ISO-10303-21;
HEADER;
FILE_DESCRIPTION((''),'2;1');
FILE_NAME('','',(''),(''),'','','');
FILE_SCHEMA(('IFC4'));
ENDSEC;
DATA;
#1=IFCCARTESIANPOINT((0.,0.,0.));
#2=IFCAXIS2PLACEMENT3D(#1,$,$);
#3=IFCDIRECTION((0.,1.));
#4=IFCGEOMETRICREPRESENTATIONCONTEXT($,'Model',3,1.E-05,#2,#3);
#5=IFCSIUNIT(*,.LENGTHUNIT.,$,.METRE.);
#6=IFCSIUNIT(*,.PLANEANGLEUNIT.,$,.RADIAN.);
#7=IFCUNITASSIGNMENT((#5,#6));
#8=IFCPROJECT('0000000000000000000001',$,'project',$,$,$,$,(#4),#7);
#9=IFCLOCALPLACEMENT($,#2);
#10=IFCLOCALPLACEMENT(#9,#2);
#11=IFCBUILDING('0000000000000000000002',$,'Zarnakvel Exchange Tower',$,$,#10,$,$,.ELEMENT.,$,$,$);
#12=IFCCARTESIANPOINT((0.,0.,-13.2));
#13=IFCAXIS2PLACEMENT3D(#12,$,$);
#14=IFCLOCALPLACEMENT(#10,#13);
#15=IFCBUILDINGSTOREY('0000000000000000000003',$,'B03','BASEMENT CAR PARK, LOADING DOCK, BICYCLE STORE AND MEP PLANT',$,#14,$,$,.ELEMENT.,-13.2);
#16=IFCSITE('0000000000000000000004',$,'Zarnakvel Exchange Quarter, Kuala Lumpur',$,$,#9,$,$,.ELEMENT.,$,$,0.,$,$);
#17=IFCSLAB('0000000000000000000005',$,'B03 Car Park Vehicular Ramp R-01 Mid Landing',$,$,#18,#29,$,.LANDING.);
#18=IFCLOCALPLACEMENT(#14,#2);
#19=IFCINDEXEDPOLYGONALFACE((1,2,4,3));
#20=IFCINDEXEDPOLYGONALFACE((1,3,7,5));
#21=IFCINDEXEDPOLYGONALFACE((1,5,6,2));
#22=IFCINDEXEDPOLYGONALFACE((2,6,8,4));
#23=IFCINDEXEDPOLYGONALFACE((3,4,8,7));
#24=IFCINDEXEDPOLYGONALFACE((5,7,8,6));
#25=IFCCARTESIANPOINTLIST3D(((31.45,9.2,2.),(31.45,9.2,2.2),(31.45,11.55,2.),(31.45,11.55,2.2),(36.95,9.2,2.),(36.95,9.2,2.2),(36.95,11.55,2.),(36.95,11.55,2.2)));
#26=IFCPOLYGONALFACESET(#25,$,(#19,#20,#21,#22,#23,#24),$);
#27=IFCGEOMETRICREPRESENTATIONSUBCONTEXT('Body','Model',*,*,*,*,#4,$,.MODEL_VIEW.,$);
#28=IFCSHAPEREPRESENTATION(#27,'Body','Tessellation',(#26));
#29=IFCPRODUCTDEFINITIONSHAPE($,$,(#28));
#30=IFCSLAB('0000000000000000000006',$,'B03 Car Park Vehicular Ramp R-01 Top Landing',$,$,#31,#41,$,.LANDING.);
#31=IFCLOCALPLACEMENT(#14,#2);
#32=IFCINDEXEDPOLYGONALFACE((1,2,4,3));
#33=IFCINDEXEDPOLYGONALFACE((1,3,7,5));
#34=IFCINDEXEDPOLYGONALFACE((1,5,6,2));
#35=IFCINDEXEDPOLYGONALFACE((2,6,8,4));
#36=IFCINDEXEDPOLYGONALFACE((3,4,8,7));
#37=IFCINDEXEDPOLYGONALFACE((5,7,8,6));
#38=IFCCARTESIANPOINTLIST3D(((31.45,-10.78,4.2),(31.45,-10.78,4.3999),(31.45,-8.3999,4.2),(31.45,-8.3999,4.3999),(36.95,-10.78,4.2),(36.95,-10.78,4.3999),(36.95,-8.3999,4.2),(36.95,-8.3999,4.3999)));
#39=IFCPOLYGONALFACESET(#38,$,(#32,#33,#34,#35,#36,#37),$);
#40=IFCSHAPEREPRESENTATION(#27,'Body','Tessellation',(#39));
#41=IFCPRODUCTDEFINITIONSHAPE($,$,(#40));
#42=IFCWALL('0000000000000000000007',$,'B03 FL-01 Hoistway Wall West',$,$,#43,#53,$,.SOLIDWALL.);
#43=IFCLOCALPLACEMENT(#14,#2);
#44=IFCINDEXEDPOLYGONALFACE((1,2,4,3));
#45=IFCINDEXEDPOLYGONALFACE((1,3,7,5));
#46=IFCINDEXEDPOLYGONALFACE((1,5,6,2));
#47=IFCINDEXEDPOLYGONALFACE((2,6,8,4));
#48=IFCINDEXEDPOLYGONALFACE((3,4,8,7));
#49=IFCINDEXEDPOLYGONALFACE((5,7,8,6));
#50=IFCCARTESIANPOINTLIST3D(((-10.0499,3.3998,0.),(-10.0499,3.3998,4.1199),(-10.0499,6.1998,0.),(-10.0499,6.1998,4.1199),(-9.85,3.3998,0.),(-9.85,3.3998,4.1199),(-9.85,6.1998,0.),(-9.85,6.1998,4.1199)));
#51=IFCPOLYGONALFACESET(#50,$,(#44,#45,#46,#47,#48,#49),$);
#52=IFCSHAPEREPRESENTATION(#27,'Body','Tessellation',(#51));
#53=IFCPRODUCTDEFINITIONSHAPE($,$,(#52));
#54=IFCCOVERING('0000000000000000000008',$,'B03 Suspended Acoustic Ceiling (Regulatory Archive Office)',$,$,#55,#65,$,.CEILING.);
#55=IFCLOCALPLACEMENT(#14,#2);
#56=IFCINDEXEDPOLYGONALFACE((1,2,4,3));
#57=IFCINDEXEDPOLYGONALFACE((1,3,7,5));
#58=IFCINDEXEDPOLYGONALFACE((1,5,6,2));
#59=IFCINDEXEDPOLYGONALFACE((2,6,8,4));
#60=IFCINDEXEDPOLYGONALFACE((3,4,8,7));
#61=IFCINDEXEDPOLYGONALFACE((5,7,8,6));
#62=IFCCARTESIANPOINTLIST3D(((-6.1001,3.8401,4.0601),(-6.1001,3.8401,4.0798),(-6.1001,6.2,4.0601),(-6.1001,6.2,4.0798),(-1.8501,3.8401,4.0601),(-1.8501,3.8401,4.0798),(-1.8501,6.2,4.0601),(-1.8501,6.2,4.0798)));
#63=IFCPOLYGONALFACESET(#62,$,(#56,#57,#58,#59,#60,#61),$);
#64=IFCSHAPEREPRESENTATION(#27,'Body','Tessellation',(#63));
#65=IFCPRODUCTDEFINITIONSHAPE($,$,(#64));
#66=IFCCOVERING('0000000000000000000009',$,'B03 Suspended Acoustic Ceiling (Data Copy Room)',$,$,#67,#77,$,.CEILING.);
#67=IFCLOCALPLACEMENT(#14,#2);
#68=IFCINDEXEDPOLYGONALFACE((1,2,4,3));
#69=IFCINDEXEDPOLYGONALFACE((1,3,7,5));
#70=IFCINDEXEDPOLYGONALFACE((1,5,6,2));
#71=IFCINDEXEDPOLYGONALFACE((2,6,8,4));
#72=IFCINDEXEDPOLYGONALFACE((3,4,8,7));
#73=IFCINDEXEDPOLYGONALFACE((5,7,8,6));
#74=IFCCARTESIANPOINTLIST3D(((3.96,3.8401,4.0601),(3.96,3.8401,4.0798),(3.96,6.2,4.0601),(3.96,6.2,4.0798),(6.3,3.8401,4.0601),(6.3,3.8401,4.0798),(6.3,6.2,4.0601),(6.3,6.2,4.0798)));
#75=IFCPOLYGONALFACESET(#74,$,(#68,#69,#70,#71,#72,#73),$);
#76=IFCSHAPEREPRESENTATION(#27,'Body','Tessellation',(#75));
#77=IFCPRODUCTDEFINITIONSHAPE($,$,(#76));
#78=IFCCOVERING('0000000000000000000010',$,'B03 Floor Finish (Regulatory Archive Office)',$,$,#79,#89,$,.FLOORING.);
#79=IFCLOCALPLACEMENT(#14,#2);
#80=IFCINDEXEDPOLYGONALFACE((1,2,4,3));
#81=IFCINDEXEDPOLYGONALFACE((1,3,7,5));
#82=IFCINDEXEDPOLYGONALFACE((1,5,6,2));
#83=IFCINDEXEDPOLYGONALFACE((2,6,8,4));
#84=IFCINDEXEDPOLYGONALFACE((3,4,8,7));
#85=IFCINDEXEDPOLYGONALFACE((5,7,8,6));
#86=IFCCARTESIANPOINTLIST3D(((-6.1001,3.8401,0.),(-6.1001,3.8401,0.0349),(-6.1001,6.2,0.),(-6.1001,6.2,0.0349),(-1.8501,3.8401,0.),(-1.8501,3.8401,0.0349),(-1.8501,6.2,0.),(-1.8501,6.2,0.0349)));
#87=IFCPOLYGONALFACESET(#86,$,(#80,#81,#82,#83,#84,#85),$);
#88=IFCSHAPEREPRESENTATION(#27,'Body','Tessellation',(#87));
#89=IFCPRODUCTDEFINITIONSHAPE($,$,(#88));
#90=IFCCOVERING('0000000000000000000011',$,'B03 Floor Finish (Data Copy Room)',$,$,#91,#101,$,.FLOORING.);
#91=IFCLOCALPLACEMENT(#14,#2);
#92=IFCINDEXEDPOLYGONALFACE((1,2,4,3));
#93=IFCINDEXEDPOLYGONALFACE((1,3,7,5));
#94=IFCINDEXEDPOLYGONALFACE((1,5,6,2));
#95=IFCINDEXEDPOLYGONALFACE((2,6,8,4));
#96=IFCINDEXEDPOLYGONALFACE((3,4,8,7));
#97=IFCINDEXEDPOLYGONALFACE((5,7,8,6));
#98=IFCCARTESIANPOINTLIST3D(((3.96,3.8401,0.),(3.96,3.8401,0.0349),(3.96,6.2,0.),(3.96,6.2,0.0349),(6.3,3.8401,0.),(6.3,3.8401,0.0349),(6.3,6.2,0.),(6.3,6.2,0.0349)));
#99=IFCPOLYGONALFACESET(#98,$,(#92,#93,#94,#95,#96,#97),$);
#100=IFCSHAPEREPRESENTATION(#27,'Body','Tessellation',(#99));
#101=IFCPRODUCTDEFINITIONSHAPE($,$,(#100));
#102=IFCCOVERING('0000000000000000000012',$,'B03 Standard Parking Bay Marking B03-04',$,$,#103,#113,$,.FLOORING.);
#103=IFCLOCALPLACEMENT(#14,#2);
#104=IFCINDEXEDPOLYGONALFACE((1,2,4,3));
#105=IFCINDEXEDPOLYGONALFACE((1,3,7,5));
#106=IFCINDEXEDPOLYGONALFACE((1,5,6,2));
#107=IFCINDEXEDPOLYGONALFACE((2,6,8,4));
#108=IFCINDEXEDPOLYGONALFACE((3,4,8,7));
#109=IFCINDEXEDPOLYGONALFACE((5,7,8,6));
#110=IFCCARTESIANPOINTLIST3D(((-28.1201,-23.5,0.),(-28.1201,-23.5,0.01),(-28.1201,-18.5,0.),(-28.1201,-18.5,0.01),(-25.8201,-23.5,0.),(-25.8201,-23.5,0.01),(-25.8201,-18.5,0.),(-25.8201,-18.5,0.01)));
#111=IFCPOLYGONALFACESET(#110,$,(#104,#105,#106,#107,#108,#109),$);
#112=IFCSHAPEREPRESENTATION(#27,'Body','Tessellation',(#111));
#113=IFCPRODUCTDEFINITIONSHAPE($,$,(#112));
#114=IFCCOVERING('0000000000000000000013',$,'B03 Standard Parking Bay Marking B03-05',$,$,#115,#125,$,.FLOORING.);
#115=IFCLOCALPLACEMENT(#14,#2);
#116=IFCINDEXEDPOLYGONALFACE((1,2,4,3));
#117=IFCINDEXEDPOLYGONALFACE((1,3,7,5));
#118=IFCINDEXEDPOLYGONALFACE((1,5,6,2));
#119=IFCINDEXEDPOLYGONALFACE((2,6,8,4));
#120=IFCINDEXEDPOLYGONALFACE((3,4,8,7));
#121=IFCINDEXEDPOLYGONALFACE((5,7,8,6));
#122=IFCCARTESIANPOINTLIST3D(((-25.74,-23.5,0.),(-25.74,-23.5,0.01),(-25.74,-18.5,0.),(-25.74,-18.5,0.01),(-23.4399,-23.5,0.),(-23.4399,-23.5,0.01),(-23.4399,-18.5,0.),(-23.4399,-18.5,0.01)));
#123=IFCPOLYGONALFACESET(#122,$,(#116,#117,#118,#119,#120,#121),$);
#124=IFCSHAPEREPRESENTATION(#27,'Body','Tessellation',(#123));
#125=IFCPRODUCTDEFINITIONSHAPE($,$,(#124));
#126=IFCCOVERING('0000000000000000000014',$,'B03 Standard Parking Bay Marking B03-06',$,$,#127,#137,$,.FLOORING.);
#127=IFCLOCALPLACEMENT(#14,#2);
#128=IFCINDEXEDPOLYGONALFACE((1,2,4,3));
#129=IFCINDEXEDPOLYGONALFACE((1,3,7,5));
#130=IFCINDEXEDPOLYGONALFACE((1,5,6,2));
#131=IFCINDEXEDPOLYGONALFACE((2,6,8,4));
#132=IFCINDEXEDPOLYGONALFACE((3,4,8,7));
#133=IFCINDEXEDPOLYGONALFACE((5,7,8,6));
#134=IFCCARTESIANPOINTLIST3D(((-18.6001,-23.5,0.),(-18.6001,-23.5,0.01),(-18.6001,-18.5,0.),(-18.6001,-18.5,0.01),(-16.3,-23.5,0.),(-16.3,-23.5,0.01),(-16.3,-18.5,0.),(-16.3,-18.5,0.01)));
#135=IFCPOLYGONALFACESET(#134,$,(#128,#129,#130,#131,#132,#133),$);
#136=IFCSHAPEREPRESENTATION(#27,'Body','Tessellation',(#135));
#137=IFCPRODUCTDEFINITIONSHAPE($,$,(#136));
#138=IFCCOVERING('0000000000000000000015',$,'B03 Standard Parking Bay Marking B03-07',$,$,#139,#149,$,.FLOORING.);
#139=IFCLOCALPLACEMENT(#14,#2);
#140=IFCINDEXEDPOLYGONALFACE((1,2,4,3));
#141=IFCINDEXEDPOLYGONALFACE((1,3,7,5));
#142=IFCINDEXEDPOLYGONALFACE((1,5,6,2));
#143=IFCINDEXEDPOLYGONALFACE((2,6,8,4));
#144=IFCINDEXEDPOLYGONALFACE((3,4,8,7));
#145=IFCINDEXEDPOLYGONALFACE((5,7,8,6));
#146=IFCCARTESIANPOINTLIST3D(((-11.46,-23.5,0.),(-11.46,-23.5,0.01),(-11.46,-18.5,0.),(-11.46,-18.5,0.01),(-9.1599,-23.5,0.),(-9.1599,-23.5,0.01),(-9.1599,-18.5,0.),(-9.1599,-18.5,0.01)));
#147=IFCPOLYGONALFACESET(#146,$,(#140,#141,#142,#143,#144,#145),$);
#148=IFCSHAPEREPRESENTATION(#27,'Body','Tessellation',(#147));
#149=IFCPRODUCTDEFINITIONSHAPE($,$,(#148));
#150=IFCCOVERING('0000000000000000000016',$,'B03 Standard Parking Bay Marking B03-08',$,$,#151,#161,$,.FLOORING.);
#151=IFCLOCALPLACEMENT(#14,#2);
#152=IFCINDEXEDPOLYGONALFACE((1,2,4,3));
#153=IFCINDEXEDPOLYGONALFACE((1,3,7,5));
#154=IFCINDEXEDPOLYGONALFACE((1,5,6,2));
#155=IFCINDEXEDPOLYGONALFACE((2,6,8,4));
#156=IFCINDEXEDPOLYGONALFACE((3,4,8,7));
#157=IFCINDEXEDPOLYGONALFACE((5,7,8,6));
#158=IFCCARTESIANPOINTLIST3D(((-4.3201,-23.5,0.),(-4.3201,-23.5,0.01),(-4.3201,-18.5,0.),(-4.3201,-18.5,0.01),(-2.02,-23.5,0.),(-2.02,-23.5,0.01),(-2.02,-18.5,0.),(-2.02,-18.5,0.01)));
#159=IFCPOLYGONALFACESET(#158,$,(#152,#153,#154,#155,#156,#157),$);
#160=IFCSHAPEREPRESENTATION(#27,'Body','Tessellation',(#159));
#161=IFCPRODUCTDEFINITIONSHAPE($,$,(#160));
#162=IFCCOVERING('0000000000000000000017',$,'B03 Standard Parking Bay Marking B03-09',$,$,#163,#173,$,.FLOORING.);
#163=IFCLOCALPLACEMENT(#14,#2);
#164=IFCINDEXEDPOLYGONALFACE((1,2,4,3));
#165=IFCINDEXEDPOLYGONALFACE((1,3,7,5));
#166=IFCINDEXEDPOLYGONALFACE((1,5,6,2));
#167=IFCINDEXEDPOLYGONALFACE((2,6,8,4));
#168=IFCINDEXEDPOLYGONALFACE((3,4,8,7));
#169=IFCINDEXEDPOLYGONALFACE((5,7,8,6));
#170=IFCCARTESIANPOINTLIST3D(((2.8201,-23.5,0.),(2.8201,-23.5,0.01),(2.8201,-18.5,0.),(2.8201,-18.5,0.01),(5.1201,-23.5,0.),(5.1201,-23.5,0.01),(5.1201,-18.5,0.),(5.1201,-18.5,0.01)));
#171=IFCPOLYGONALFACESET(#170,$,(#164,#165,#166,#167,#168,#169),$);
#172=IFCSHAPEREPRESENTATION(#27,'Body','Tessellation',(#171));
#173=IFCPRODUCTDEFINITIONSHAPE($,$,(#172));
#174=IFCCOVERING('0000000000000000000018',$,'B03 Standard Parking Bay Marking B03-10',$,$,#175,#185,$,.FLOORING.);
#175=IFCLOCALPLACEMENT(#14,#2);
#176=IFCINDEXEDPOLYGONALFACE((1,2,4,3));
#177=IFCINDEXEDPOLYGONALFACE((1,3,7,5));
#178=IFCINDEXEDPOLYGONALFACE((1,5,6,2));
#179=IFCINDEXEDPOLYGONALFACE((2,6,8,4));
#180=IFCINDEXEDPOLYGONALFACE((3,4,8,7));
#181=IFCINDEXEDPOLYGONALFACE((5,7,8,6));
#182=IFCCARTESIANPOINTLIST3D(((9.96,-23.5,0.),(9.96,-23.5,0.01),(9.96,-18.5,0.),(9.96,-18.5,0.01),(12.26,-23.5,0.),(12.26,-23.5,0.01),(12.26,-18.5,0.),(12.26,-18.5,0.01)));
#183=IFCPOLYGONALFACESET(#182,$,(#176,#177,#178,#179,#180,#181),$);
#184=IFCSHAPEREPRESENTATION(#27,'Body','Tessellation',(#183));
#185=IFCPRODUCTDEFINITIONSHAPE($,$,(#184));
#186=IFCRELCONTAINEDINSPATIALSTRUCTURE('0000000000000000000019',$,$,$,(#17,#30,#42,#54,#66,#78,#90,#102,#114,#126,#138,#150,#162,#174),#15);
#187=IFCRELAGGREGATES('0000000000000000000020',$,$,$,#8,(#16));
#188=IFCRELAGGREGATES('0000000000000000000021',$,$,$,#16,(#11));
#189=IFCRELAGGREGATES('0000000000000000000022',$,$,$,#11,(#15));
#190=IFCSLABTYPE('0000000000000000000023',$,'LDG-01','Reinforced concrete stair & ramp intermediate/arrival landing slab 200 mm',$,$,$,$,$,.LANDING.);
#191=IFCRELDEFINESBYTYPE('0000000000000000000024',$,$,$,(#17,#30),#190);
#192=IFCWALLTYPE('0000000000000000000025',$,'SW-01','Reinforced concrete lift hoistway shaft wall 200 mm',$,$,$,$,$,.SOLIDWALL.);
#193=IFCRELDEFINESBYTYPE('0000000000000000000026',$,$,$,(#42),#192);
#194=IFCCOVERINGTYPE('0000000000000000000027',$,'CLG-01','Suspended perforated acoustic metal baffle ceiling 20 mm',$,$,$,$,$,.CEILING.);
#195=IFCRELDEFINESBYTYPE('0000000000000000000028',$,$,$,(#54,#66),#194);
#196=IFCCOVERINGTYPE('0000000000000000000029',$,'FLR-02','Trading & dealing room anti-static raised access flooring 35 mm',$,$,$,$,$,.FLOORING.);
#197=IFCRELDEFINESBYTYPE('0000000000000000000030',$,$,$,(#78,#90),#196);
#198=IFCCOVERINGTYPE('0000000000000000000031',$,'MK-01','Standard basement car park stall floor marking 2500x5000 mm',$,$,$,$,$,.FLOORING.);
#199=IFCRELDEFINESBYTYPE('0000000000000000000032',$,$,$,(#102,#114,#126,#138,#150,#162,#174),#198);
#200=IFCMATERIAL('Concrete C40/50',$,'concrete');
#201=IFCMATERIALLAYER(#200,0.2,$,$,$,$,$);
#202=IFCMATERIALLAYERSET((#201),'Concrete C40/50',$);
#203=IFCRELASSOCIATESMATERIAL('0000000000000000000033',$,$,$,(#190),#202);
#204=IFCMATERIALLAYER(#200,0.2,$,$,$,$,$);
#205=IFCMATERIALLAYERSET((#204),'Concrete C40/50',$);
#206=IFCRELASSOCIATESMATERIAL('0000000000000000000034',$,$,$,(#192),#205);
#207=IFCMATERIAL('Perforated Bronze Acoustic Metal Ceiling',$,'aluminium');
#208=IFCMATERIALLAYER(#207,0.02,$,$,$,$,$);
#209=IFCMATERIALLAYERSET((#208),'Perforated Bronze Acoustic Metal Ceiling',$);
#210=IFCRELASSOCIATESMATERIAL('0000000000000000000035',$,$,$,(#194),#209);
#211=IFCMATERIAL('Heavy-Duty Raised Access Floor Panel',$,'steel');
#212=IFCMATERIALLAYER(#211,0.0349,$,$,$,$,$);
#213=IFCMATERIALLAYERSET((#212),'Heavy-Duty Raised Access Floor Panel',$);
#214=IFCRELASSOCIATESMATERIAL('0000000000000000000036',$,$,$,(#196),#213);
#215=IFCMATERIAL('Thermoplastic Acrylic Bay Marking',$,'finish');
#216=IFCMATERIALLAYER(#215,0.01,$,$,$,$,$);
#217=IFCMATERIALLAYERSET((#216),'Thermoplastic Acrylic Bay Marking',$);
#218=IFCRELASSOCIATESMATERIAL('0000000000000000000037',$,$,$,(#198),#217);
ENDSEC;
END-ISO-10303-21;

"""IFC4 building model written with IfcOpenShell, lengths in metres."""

from ifc_helpers import new_model, si_unit, direction, frame, frame_2d, origin, place, context, subcontext, project, spatial, polyline, rectangle, outline, extrude, material, layer, layer_set, type_object, element, save


model = new_model("IFC4")

# Units and contexts
model_context = context("Model", 3, precision=1e-05, world=origin(), true_north=direction((0.0, 1.0)))
body_context = subcontext(model_context, "Body", "Model", "MODEL_VIEW")
ifc_project = project(units=[si_unit("LENGTHUNIT", "METRE"), si_unit("PLANEANGLEUNIT", "RADIAN")], contexts=[model_context])

# Site, building, storey
site_placement = place(None, origin())
site = spatial("IfcSite", under=ifc_project, at=site_placement, Name="Zarnakvel Exchange Quarter, Kuala Lumpur", CompositionType="ELEMENT", RefElevation=0.0)
building_placement = place(site_placement, origin())
building = spatial("IfcBuilding", under=site, at=building_placement, Name="Zarnakvel Exchange Tower", CompositionType="ELEMENT")
storey_placement = place(building_placement, frame((0.0, 0.0, -13.2)))
storey = spatial("IfcBuildingStorey", under=building, at=storey_placement, Name="B03", Description="BASEMENT CAR PARK, LOADING DOCK, BICYCLE STORE AND MEP PLANT", CompositionType="ELEMENT", Elevation=-13.2)

# Slabs
ifc_material_1 = material(Name="Concrete C40/50", Category="concrete")
ifc_layer_1 = layer(ifc_material_1, 0.2)
ifc_layer_set_1 = layer_set([ifc_layer_1], Name="Concrete C40/50")
slab_type = type_object("IfcSlabType", Name="LDG-01", Description="Reinforced concrete stair & ramp intermediate/arrival landing slab 200 mm", PredefinedType="LANDING", material=ifc_layer_set_1)
slab_1_placement = place(storey_placement, frame((0.0, 0.0, 2.0)))
element("IfcSlab", 1, at=slab_1_placement, inside=storey, type_object=slab_type, Name="B03 Car Park Vehicular Ramp R-01 Mid Landing", PredefinedType="LANDING", context=body_context, shape_type="SweptSolid", body=[
    extrude(outline(polyline([(31.45, 9.2), (36.95, 9.2), (36.95, 11.55), (31.45, 11.55), (31.45, 9.2)])), origin(), (0.0, 0.0, 1.0), 0.2),
])
slab_2_placement = place(storey_placement, frame((0.0, 0.0, 4.2)))
element("IfcSlab", 2, at=slab_2_placement, inside=storey, type_object=slab_type, Name="B03 Car Park Vehicular Ramp R-01 Top Landing", PredefinedType="LANDING", context=body_context, shape_type="SweptSolid", body=[
    extrude(outline(polyline([(31.45, -10.78), (36.95, -10.78), (36.95, -8.3999), (31.45, -8.3999), (31.45, -10.78)])), origin(), (0.0, 0.0, 1.0), 0.2),
])

# Wall
ifc_layer_2 = layer(ifc_material_1, 0.2)
ifc_layer_set_2 = layer_set([ifc_layer_2], Name="Concrete C40/50")
wall_type_1 = type_object("IfcWallType", Name="SW-01", Description="Reinforced concrete lift hoistway shaft wall 200 mm", PredefinedType="SOLIDWALL", material=ifc_layer_set_2)
wall_1_placement = place(storey_placement, frame((-9.95, 3.3999, 0.0), z_axis=(0.0, 0.0, 1.0), x_axis=(0.0, 1.0, 0.0)))
element("IfcWall", 3, at=wall_1_placement, inside=storey, type_object=wall_type_1, Name="B03 FL-01 Hoistway Wall West", PredefinedType="SOLIDWALL", context=body_context, shape_type="SweptSolid", body=[
    extrude(rectangle(XDim=2.8, YDim=0.2, at=frame_2d((1.3999, 0.0))), origin(), (0.0, 0.0, 1.0), 4.1199),
])

# Coverings
ifc_material_2 = material(Name="Perforated Bronze Acoustic Metal Ceiling", Category="aluminium")
ifc_layer_3 = layer(ifc_material_2, 0.02)
ifc_layer_set_3 = layer_set([ifc_layer_3], Name="Perforated Bronze Acoustic Metal Ceiling")
covering_type_1 = type_object("IfcCoveringType", Name="CLG-01", Description="Suspended perforated acoustic metal baffle ceiling 20 mm", PredefinedType="CEILING", material=ifc_layer_set_3)
covering_1_placement = place(storey_placement, frame((0.0, 0.0, 4.0601)))
element("IfcCovering", 4, at=covering_1_placement, inside=storey, type_object=covering_type_1, Name="B03 Suspended Acoustic Ceiling (Regulatory Archive Office)", PredefinedType="CEILING", context=body_context, shape_type="SweptSolid", body=[
    extrude(outline(polyline([(-6.1001, 6.2), (-1.8501, 6.2), (-1.8501, 3.8401), (-6.1001, 3.8401), (-6.1001, 6.2)])), origin(), (0.0, 0.0, 1.0), 0.0198),
])
covering_2_placement = place(storey_placement, frame((0.0, 0.0, 4.0601)))
element("IfcCovering", 5, at=covering_2_placement, inside=storey, type_object=covering_type_1, Name="B03 Suspended Acoustic Ceiling (Data Copy Room)", PredefinedType="CEILING", context=body_context, shape_type="SweptSolid", body=[
    extrude(outline(polyline([(3.96, 6.2), (6.3, 6.2), (6.3, 3.8401), (3.96, 3.8401), (3.96, 6.2)])), origin(), (0.0, 0.0, 1.0), 0.0198),
])
ifc_material_3 = material(Name="Heavy-Duty Raised Access Floor Panel", Category="steel")
ifc_layer_4 = layer(ifc_material_3, 0.0349)
ifc_layer_set_4 = layer_set([ifc_layer_4], Name="Heavy-Duty Raised Access Floor Panel")
covering_type_2 = type_object("IfcCoveringType", Name="FLR-02", Description="Trading & dealing room anti-static raised access flooring 35 mm", PredefinedType="FLOORING", material=ifc_layer_set_4)
covering_3_placement = place(storey_placement, origin())
element("IfcCovering", 6, at=covering_3_placement, inside=storey, type_object=covering_type_2, Name="B03 Floor Finish (Regulatory Archive Office)", PredefinedType="FLOORING", context=body_context, shape_type="SweptSolid", body=[
    extrude(outline(polyline([(-6.1001, 6.2), (-1.8501, 6.2), (-1.8501, 3.8401), (-6.1001, 3.8401), (-6.1001, 6.2)])), origin(), (0.0, 0.0, 1.0), 0.0349),
])
covering_4_placement = place(storey_placement, origin())
element("IfcCovering", 7, at=covering_4_placement, inside=storey, type_object=covering_type_2, Name="B03 Floor Finish (Data Copy Room)", PredefinedType="FLOORING", context=body_context, shape_type="SweptSolid", body=[
    extrude(outline(polyline([(3.96, 6.2), (6.3, 6.2), (6.3, 3.8401), (3.96, 3.8401), (3.96, 6.2)])), origin(), (0.0, 0.0, 1.0), 0.0349),
])
ifc_material_4 = material(Name="Thermoplastic Acrylic Bay Marking", Category="finish")
ifc_layer_5 = layer(ifc_material_4, 0.01)
ifc_layer_set_5 = layer_set([ifc_layer_5], Name="Thermoplastic Acrylic Bay Marking")
covering_type_3 = type_object("IfcCoveringType", Name="MK-01", Description="Standard basement car park stall floor marking 2500x5000 mm", PredefinedType="FLOORING", material=ifc_layer_set_5)
covering_5_placement = place(storey_placement, origin())
element("IfcCovering", 8, at=covering_5_placement, inside=storey, type_object=covering_type_3, Name="B03 Standard Parking Bay Marking B03-04", PredefinedType="FLOORING", context=body_context, shape_type="SweptSolid", body=[
    extrude(outline(polyline([(-28.1201, -23.5), (-25.8201, -23.5), (-25.8201, -18.5), (-28.1201, -18.5), (-28.1201, -23.5)])), origin(), (0.0, 0.0, 1.0), 0.01),
])
covering_6_placement = place(storey_placement, origin())
element("IfcCovering", 9, at=covering_6_placement, inside=storey, type_object=covering_type_3, Name="B03 Standard Parking Bay Marking B03-05", PredefinedType="FLOORING", context=body_context, shape_type="SweptSolid", body=[
    extrude(outline(polyline([(-25.74, -23.5), (-23.4399, -23.5), (-23.4399, -18.5), (-25.74, -18.5), (-25.74, -23.5)])), origin(), (0.0, 0.0, 1.0), 0.01),
])
covering_7_placement = place(storey_placement, origin())
element("IfcCovering", 10, at=covering_7_placement, inside=storey, type_object=covering_type_3, Name="B03 Standard Parking Bay Marking B03-06", PredefinedType="FLOORING", context=body_context, shape_type="SweptSolid", body=[
    extrude(outline(polyline([(-18.6001, -23.5), (-16.3, -23.5), (-16.3, -18.5), (-18.6001, -18.5), (-18.6001, -23.5)])), origin(), (0.0, 0.0, 1.0), 0.01),
])
covering_8_placement = place(storey_placement, origin())
element("IfcCovering", 11, at=covering_8_placement, inside=storey, type_object=covering_type_3, Name="B03 Standard Parking Bay Marking B03-07", PredefinedType="FLOORING", context=body_context, shape_type="SweptSolid", body=[
    extrude(outline(polyline([(-11.46, -23.5), (-9.1599, -23.5), (-9.1599, -18.5), (-11.46, -18.5), (-11.46, -23.5)])), origin(), (0.0, 0.0, 1.0), 0.01),
])
covering_9_placement = place(storey_placement, origin())
element("IfcCovering", 12, at=covering_9_placement, inside=storey, type_object=covering_type_3, Name="B03 Standard Parking Bay Marking B03-08", PredefinedType="FLOORING", context=body_context, shape_type="SweptSolid", body=[
    extrude(outline(polyline([(-4.3201, -23.5), (-2.02, -23.5), (-2.02, -18.5), (-4.3201, -18.5), (-4.3201, -23.5)])), origin(), (0.0, 0.0, 1.0), 0.01),
])
covering_10_placement = place(storey_placement, origin())
element("IfcCovering", 13, at=covering_10_placement, inside=storey, type_object=covering_type_3, Name="B03 Standard Parking Bay Marking B03-09", PredefinedType="FLOORING", context=body_context, shape_type="SweptSolid", body=[
    extrude(outline(polyline([(2.8201, -23.5), (5.1201, -23.5), (5.1201, -18.5), (2.8201, -18.5), (2.8201, -23.5)])), origin(), (0.0, 0.0, 1.0), 0.01),
])
covering_11_placement = place(storey_placement, origin())
element("IfcCovering", 14, at=covering_11_placement, inside=storey, type_object=covering_type_3, Name="B03 Standard Parking Bay Marking B03-10", PredefinedType="FLOORING", context=body_context, shape_type="SweptSolid", body=[
    extrude(outline(polyline([(9.96, -23.5), (12.26, -23.5), (12.26, -18.5), (9.96, -18.5), (9.96, -23.5)])), origin(), (0.0, 0.0, 1.0), 0.01),
])

save(model, "model.ifc")
